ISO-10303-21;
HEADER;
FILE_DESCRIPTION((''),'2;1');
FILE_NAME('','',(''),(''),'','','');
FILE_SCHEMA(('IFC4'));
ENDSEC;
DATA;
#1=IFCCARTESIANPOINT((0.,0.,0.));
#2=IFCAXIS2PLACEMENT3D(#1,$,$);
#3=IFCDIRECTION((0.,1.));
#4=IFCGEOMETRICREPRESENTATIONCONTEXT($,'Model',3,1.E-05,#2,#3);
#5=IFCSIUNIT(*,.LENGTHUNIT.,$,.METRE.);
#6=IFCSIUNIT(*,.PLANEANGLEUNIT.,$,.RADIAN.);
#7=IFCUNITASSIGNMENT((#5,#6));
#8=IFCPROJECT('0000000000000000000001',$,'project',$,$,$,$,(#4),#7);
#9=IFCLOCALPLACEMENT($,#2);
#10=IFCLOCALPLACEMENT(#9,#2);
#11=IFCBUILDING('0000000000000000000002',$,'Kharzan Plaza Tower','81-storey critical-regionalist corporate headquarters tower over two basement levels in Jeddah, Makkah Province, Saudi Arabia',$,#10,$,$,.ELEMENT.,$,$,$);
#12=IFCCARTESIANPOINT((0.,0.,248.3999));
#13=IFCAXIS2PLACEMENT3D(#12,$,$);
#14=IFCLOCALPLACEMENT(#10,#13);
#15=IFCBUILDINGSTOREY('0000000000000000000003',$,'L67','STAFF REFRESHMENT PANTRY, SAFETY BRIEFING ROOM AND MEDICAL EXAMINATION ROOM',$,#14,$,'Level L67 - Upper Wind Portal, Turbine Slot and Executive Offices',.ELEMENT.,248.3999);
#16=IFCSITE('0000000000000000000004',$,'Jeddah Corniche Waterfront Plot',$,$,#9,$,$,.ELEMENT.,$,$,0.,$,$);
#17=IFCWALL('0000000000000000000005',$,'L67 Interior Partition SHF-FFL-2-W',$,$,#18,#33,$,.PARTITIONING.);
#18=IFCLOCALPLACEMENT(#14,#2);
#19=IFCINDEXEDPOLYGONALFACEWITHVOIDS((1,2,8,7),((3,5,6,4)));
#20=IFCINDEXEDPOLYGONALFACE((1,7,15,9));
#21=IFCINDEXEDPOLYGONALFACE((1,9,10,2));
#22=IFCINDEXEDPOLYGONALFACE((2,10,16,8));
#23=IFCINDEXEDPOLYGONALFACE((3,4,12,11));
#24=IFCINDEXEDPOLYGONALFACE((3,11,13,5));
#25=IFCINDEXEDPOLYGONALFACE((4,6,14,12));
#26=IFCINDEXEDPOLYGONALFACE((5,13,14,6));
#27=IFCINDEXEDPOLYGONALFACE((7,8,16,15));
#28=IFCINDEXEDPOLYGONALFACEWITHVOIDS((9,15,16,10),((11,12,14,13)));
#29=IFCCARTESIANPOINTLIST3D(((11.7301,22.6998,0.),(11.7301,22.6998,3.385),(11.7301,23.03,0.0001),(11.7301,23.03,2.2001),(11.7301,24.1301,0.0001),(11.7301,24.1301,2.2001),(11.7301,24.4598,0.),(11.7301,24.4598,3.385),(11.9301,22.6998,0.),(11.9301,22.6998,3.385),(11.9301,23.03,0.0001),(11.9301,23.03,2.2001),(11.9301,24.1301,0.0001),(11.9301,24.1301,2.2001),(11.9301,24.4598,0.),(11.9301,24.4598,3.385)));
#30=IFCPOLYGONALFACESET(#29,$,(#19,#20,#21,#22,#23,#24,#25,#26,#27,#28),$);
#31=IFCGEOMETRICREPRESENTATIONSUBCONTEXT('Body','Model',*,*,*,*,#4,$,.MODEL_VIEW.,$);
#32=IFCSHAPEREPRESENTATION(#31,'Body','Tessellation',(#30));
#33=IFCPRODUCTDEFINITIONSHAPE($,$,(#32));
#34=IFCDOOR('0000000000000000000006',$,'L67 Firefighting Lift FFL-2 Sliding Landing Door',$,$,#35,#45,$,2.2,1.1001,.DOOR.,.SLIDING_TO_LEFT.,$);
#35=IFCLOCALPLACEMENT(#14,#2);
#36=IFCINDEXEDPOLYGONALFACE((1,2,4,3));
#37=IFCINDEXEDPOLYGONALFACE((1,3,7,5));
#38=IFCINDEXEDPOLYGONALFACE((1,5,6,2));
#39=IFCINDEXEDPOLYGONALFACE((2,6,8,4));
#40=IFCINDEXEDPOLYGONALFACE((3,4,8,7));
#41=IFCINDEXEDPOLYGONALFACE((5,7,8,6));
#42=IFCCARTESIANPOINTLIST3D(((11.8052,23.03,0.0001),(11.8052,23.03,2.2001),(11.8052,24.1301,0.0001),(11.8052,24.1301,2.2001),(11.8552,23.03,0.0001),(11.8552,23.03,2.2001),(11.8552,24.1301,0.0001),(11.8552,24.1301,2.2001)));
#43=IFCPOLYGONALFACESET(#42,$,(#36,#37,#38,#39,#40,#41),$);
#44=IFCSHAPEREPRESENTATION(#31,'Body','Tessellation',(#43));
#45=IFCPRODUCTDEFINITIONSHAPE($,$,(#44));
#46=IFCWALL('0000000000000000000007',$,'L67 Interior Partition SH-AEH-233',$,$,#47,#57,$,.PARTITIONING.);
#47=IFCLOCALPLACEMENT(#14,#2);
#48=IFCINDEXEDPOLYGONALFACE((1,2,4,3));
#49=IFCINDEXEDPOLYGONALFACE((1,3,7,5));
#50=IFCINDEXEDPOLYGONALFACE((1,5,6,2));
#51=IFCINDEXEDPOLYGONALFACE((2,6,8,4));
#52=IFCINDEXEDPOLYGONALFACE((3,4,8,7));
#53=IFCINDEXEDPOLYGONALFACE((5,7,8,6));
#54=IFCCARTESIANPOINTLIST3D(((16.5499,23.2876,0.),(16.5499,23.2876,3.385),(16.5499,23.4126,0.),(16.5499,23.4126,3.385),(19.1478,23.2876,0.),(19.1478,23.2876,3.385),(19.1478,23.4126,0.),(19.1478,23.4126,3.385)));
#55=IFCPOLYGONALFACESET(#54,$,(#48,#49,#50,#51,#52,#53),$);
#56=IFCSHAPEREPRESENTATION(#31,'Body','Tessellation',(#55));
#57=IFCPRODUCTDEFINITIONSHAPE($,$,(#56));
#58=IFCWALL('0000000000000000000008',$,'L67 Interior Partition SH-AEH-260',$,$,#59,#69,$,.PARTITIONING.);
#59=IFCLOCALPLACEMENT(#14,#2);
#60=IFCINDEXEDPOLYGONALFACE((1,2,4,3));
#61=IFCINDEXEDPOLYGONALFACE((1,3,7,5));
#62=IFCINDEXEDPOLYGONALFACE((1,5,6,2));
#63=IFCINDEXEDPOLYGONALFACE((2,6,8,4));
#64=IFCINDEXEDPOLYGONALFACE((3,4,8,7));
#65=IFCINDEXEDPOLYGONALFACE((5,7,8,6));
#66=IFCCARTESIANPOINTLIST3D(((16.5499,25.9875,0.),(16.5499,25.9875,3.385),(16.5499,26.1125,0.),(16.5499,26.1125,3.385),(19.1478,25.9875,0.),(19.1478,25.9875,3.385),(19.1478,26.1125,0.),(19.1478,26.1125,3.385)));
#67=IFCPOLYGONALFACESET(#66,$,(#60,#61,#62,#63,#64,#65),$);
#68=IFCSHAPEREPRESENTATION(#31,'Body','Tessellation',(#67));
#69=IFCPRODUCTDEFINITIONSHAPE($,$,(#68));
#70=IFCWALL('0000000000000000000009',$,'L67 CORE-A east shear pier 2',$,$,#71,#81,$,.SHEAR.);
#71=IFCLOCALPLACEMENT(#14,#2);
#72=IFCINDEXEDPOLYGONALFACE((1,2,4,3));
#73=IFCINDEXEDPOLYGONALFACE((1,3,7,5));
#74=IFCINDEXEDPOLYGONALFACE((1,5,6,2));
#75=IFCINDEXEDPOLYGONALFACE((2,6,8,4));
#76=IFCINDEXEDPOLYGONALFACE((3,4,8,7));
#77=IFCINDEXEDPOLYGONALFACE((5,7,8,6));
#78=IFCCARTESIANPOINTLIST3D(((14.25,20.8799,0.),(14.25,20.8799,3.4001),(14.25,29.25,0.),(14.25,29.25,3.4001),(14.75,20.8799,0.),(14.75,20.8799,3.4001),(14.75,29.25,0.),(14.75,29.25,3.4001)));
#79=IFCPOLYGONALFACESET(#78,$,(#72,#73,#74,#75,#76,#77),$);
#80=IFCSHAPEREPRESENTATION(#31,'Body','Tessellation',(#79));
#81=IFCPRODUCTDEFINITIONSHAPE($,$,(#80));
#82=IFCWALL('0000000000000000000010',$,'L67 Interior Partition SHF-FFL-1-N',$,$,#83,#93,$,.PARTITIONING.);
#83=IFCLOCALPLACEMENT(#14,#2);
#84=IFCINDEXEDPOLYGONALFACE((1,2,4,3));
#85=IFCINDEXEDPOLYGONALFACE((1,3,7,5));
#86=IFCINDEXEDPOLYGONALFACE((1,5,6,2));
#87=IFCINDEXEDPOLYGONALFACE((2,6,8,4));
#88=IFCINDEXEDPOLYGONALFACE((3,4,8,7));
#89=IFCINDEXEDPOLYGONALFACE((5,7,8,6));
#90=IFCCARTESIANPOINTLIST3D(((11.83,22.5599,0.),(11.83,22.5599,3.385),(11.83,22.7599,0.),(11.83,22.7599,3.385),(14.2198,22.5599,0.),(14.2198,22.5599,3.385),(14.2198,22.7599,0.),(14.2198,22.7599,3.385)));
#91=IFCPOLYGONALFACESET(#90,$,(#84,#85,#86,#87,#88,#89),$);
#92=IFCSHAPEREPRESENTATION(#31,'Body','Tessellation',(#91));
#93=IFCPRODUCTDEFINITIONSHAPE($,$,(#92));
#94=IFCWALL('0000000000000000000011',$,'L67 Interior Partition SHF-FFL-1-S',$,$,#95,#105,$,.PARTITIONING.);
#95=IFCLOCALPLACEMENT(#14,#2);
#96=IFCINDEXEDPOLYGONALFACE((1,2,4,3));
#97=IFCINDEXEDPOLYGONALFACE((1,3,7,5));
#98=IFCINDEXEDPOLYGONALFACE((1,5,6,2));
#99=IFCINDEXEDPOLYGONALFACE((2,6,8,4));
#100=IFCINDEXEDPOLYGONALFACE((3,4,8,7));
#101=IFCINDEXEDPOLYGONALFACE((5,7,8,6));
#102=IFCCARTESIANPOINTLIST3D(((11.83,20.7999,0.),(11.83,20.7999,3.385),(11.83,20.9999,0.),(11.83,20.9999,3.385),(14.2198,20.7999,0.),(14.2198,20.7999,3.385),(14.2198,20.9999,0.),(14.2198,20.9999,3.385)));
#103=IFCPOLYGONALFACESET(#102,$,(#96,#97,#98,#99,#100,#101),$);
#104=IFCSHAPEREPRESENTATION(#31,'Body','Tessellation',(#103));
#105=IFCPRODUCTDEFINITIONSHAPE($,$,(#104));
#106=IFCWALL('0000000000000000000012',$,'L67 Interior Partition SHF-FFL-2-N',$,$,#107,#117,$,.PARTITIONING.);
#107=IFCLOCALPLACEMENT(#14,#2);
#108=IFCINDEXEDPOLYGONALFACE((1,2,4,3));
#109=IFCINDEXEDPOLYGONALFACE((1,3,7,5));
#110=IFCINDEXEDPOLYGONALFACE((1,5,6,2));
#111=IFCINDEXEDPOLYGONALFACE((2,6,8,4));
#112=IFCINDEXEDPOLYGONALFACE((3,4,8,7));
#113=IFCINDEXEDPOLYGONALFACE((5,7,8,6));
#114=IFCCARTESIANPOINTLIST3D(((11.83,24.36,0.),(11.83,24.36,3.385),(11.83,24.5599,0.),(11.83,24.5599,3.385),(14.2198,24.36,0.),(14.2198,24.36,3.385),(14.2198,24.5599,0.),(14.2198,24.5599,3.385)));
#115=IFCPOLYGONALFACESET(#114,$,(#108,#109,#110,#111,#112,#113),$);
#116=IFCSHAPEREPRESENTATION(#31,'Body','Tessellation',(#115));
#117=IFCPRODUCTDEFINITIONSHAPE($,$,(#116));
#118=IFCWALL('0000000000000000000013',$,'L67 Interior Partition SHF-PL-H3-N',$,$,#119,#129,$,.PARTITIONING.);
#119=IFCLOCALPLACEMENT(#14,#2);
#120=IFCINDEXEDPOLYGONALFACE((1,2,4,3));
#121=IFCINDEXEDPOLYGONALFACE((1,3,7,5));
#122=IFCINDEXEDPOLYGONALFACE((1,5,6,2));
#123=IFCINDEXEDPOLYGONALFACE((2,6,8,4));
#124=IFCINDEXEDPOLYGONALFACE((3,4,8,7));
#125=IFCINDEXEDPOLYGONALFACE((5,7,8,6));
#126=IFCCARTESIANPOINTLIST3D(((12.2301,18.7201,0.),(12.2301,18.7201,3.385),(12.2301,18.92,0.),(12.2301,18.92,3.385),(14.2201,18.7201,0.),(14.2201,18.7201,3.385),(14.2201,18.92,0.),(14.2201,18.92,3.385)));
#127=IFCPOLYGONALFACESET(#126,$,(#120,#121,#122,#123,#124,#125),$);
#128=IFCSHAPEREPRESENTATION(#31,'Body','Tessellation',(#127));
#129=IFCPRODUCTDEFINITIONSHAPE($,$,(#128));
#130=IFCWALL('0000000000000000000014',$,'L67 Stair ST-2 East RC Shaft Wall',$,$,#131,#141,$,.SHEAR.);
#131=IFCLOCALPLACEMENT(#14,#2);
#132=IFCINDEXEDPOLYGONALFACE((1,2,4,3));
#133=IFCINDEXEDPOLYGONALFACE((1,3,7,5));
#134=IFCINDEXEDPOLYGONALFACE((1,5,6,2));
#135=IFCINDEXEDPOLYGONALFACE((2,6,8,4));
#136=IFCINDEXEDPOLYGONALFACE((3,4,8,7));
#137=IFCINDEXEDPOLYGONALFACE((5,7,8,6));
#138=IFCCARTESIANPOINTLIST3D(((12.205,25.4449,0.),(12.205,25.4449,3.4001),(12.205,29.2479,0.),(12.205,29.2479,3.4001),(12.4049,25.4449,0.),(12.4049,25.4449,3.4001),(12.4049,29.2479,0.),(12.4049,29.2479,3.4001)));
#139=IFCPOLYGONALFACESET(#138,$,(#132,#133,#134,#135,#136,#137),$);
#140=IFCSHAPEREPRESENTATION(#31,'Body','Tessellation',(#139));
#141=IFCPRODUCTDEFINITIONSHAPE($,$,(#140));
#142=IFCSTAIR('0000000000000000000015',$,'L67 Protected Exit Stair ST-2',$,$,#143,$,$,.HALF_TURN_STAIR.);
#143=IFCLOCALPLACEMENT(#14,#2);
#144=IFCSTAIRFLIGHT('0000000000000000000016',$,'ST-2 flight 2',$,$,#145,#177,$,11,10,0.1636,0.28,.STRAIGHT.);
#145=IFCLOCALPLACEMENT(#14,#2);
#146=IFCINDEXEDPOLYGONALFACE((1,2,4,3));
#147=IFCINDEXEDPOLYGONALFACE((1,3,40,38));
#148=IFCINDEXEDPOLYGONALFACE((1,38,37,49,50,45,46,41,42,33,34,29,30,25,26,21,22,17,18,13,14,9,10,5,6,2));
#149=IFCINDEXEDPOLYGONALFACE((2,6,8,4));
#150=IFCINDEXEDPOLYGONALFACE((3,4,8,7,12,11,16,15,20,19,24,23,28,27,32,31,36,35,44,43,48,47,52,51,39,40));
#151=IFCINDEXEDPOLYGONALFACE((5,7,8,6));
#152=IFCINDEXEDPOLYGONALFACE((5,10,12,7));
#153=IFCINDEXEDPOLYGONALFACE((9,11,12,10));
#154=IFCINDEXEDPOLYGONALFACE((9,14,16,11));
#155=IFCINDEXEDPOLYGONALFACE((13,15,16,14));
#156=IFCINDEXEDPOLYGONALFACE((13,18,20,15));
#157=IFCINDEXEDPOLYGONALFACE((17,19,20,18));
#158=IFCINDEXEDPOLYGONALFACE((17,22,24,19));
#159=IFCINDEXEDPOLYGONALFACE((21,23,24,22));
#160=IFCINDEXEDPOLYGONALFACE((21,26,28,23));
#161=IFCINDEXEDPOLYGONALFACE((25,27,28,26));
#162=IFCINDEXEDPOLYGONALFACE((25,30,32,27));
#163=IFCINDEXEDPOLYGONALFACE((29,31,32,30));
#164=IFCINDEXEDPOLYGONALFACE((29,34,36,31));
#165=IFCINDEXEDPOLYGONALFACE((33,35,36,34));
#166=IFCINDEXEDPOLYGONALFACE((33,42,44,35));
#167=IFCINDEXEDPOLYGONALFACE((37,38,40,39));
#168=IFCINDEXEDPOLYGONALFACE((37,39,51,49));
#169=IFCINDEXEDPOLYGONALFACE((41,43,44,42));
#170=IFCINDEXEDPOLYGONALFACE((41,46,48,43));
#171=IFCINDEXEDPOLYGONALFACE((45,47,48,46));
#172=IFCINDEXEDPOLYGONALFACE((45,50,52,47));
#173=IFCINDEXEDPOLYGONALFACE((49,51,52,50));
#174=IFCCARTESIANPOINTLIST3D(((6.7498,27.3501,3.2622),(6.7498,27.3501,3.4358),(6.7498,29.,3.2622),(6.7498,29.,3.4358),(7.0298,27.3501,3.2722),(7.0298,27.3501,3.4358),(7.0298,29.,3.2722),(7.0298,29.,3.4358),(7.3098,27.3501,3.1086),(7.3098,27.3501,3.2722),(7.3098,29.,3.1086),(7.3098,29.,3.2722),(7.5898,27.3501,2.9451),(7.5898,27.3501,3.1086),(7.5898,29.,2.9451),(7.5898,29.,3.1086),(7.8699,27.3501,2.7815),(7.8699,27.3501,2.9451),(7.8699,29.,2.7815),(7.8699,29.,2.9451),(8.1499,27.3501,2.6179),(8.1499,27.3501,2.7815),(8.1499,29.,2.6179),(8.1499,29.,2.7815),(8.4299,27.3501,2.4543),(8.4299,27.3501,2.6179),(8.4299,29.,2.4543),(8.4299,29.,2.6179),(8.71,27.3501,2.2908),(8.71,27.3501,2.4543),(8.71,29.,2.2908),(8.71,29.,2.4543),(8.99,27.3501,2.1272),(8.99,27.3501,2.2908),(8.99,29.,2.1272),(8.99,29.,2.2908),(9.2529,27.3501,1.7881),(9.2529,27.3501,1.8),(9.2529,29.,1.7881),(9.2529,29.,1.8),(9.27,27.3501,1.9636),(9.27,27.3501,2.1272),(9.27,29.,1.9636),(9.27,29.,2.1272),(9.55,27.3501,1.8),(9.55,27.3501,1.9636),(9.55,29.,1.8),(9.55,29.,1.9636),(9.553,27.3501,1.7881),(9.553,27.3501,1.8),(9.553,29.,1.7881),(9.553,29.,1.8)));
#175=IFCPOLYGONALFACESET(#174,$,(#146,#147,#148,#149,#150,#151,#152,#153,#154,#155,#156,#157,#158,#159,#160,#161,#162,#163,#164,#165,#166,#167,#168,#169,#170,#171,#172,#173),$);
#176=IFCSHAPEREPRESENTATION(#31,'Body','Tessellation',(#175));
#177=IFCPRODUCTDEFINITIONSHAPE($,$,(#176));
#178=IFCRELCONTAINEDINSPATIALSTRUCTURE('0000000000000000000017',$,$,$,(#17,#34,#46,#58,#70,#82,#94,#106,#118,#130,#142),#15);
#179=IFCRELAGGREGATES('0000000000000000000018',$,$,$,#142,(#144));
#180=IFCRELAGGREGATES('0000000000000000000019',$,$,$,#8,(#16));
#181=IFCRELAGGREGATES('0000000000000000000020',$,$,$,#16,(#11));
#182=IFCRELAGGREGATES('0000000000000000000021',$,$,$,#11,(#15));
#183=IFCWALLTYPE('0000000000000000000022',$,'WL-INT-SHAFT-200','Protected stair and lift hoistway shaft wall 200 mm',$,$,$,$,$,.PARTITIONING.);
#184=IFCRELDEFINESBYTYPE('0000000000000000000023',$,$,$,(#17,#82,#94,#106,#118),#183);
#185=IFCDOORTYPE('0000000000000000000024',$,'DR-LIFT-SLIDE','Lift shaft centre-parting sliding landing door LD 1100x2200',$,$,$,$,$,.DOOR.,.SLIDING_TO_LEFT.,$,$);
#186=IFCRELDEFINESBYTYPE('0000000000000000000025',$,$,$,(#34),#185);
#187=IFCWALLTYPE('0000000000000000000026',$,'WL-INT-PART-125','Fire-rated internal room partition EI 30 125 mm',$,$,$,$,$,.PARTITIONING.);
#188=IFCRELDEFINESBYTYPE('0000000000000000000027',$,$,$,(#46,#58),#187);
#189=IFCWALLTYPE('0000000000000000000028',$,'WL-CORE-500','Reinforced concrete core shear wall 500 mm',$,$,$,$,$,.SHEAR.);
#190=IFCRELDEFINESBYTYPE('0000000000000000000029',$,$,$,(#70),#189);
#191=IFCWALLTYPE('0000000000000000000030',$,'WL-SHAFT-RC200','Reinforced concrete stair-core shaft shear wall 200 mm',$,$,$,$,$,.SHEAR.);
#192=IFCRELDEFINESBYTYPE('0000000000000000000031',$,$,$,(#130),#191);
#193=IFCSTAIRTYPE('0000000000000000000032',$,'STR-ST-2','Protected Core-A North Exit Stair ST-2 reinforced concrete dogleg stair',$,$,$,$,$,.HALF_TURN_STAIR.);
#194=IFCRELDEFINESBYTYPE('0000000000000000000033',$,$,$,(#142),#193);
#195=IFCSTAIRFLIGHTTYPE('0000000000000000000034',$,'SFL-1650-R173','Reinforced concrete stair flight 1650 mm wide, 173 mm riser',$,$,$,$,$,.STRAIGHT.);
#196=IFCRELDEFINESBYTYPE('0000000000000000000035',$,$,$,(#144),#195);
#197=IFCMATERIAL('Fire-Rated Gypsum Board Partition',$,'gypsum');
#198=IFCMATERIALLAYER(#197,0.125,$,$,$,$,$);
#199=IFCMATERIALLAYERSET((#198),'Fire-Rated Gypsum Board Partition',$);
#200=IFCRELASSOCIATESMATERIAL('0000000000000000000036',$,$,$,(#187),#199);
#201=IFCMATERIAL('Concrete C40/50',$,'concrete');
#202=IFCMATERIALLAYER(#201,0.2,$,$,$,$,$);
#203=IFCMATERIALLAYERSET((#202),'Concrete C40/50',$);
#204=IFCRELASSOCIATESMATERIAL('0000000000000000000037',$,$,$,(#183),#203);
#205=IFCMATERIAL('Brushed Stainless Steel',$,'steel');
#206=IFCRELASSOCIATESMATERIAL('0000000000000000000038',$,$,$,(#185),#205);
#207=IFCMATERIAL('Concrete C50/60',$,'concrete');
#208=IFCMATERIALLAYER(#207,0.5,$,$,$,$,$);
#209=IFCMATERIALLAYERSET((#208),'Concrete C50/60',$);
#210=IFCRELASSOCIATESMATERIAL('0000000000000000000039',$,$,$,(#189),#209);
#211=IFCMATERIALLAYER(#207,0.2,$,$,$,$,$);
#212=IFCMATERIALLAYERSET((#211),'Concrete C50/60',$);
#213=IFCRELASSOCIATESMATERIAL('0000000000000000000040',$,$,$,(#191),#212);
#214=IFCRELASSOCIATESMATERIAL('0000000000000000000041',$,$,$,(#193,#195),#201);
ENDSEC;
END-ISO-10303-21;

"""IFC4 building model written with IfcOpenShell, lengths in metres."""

from ifc_helpers import new_model, si_unit, direction, frame, frame_2d, origin, place, context, subcontext, project, spatial, polyline, rectangle, outline, extrude, source, transform, mapped, material, layer, layer_set, type_object, element, fill, aggregate, save


model = new_model("IFC4")

# Units and contexts
model_context = context("Model", 3, precision=1e-05, world=origin(), true_north=direction((0.0, 1.0)))
body_context = subcontext(model_context, "Body", "Model", "MODEL_VIEW")
ifc_project = project(units=[si_unit("LENGTHUNIT", "METRE"), si_unit("PLANEANGLEUNIT", "RADIAN")], contexts=[model_context])

# Site, building, storey
site_placement = place(None, origin())
site = spatial("IfcSite", under=ifc_project, at=site_placement, Name="Jeddah Corniche Waterfront Plot", CompositionType="ELEMENT", RefElevation=0.0)
building_placement = place(site_placement, origin())
building = spatial("IfcBuilding", under=site, at=building_placement, Name="Kharzan Plaza Tower", Description="81-storey critical-regionalist corporate headquarters tower over two basement levels in Jeddah, Makkah Province, Saudi Arabia", CompositionType="ELEMENT")
storey_placement = place(building_placement, frame((0.0, 0.0, 248.3999)))
storey = spatial("IfcBuildingStorey", under=building, at=storey_placement, Name="L67", Description="STAFF REFRESHMENT PANTRY, SAFETY BRIEFING ROOM AND MEDICAL EXAMINATION ROOM", LongName="Level L67 - Upper Wind Portal, Turbine Slot and Executive Offices", CompositionType="ELEMENT", Elevation=248.3999)

# Wall, opening, door
ifc_material_1 = material(Name="Fire-Rated Gypsum Board Partition", Category="gypsum")
ifc_layer_1 = layer(ifc_material_1, 0.125)
ifc_layer_set_1 = layer_set([ifc_layer_1], Name="Fire-Rated Gypsum Board Partition")
wall_type_1 = type_object("IfcWallType", Name="WL-INT-PART-125", Description="Fire-rated internal room partition EI 30 125 mm", PredefinedType="PARTITIONING", material=ifc_layer_set_1)
ifc_material_2 = material(Name="Concrete C40/50", Category="concrete")
ifc_layer_2 = layer(ifc_material_2, 0.2)
ifc_layer_set_2 = layer_set([ifc_layer_2], Name="Concrete C40/50")
wall_type_2 = type_object("IfcWallType", Name="WL-INT-SHAFT-200", Description="Protected stair and lift hoistway shaft wall 200 mm", PredefinedType="PARTITIONING", material=ifc_layer_set_2)
ifc_material_3 = material(Name="Brushed Stainless Steel", Category="steel")
door_type_1 = type_object("IfcDoorType", Name="DR-LIFT-SLIDE", Description="Lift shaft centre-parting sliding landing door LD 1100x2200", OperationType="SLIDING_TO_LEFT", PredefinedType="DOOR", material=ifc_material_3)
shared_shape_1 = source(origin(), body_context, "Body", "SweptSolid", [
    extrude(rectangle(XDim=1.1001, YDim=2.2, at=frame_2d((0.55, 1.1001))), frame((0.0, 0.0249, 0.0), z_axis=(0.0, -1.0, 0.0), x_axis=(1.0, 0.0, 0.0)), (0.0, 0.0, 1.0), 0.05),
])
wall_1_placement = place(storey_placement, frame((11.8301, 22.7, 0.0), z_axis=(0.0, 0.0, 1.0), x_axis=(0.0, 1.0, 0.0)))
wall_1 = element("IfcWall", 1, at=wall_1_placement, inside=storey, type_object=wall_type_2, Name="L67 Interior Partition SHF-FFL-2-W", PredefinedType="PARTITIONING", context=body_context, shape_type="SweptSolid", body=[
    extrude(rectangle(XDim=1.76, YDim=0.2, at=frame_2d((0.8799, 0.0))), origin(), (0.0, 0.0, 1.0), 3.385),
])
opening_1_placement = place(wall_1_placement, frame((0.3301, 0.0, 0.0)))
opening_1 = element("IfcOpeningElement", 2, at=opening_1_placement, cuts=wall_1, PredefinedType="OPENING", context=body_context, shape_type="SweptSolid", body=[
    extrude(rectangle(XDim=1.1001, YDim=2.2, at=frame_2d((0.55, 1.1001))), frame((0.0, 0.1099, 0.0), z_axis=(0.0, -1.0, 0.0), x_axis=(1.0, 0.0, 0.0)), (0.0, 0.0, 1.0), 0.22),
])
door_1_placement = place(opening_1_placement, origin())
door_1 = element("IfcDoor", 3, at=door_1_placement, inside=storey, type_object=door_type_1, Name="L67 Firefighting Lift FFL-2 Sliding Landing Door", OperationType="SLIDING_TO_LEFT", OverallHeight=2.2, OverallWidth=1.1001, PredefinedType="DOOR", context=body_context, shape_type="MappedRepresentation", body=[
    mapped(shared_shape_1, transform((0.0, 0.0, 0.0), x_axis=(1.0, 0.0, 0.0), y_axis=(0.0, 1.0, 0.0), z_axis=(0.0, 0.0, 1.0))),
])
fill(opening_1, door_1)

# Walls
shared_shape_2 = source(origin(), body_context, "Body", "SweptSolid", [
    extrude(rectangle(XDim=2.5979, YDim=0.125, at=frame_2d((1.2988, 0.0))), origin(), (0.0, 0.0, 1.0), 3.385),
])
for number, where, z_axis, x_axis, name in (
    (4, (16.55, 23.3501, 0.0), (0.0, 0.0, 1.0), (1.0, 0.0, 0.0), "L67 Interior Partition SH-AEH-233"),
    (5, (16.55, 26.05, 0.0), (0.0, 0.0, 1.0), (1.0, 0.0, 0.0), "L67 Interior Partition SH-AEH-260"),
):
    element("IfcWall", number, at=place(storey_placement, frame(where, z_axis=z_axis, x_axis=x_axis)), inside=storey, type_object=wall_type_1, Name=name, PredefinedType="PARTITIONING", context=body_context, shape_type="MappedRepresentation", body=[
        mapped(shared_shape_2, transform((0.0, 0.0, 0.0), x_axis=(1.0, 0.0, 0.0), y_axis=(0.0, 1.0, 0.0), z_axis=(0.0, 0.0, 1.0))),
    ])
ifc_material_4 = material(Name="Concrete C50/60", Category="concrete")
ifc_layer_3 = layer(ifc_material_4, 0.5)
ifc_layer_set_3 = layer_set([ifc_layer_3], Name="Concrete C50/60")
wall_type_3 = type_object("IfcWallType", Name="WL-CORE-500", Description="Reinforced concrete core shear wall 500 mm", PredefinedType="SHEAR", material=ifc_layer_set_3)
shared_shape_3 = source(origin(), body_context, "Body", "SweptSolid", [
    extrude(rectangle(XDim=8.3701, YDim=0.5, at=frame_2d((4.1851, 0.0))), origin(), (0.0, 0.0, 1.0), 3.4001),
])
wall_2_placement = place(storey_placement, frame((14.5, 20.8799, 0.0), z_axis=(0.0, 0.0, 1.0), x_axis=(0.0, 1.0, 0.0)))
element("IfcWall", 6, at=wall_2_placement, inside=storey, type_object=wall_type_3, Name="L67 CORE-A east shear pier 2", PredefinedType="SHEAR", context=body_context, shape_type="MappedRepresentation", body=[
    mapped(shared_shape_3, transform((0.0, 0.0, 0.0), x_axis=(1.0, 0.0, 0.0), y_axis=(0.0, 1.0, 0.0), z_axis=(0.0, 0.0, 1.0))),
])
shared_shape_4 = source(origin(), body_context, "Body", "SweptSolid", [
    extrude(rectangle(XDim=2.3899, YDim=0.2, at=frame_2d((1.1948, 0.0))), origin(), (0.0, 0.0, 1.0), 3.385),
])
for number, where, z_axis, x_axis, name in (
    (7, (11.8301, 22.6599, 0.0), (0.0, 0.0, 1.0), (1.0, 0.0, 0.0), "L67 Interior Partition SHF-FFL-1-N"),
    (8, (11.8301, 20.8999, 0.0), (0.0, 0.0, 1.0), (1.0, 0.0, 0.0), "L67 Interior Partition SHF-FFL-1-S"),
    (9, (11.8301, 24.46, 0.0), (0.0, 0.0, 1.0), (1.0, 0.0, 0.0), "L67 Interior Partition SHF-FFL-2-N"),
):
    element("IfcWall", number, at=place(storey_placement, frame(where, z_axis=z_axis, x_axis=x_axis)), inside=storey, type_object=wall_type_2, Name=name, PredefinedType="PARTITIONING", context=body_context, shape_type="MappedRepresentation", body=[
        mapped(shared_shape_4, transform((0.0, 0.0, 0.0), x_axis=(1.0, 0.0, 0.0), y_axis=(0.0, 1.0, 0.0), z_axis=(0.0, 0.0, 1.0))),
    ])
shared_shape_5 = source(origin(), body_context, "Body", "SweptSolid", [
    extrude(rectangle(XDim=1.99, YDim=0.2, at=frame_2d((0.9951, 0.0))), origin(), (0.0, 0.0, 1.0), 3.385),
])
wall_3_placement = place(storey_placement, frame((12.23, 18.8201, 0.0), z_axis=(0.0, 0.0, 1.0), x_axis=(1.0, 0.0, 0.0)))
element("IfcWall", 10, at=wall_3_placement, inside=storey, type_object=wall_type_2, Name="L67 Interior Partition SHF-PL-H3-N", PredefinedType="PARTITIONING", context=body_context, shape_type="MappedRepresentation", body=[
    mapped(shared_shape_5, transform((0.0, 0.0, 0.0), x_axis=(1.0, 0.0, 0.0), y_axis=(0.0, 1.0, 0.0), z_axis=(0.0, 0.0, 1.0))),
])
ifc_layer_4 = layer(ifc_material_4, 0.2)
ifc_layer_set_4 = layer_set([ifc_layer_4], Name="Concrete C50/60")
wall_type_4 = type_object("IfcWallType", Name="WL-SHAFT-RC200", Description="Reinforced concrete stair-core shaft shear wall 200 mm", PredefinedType="SHEAR", material=ifc_layer_set_4)
shared_shape_6 = source(origin(), body_context, "Body", "SweptSolid", [
    extrude(rectangle(XDim=3.803, YDim=0.2, at=frame_2d((1.9014, 0.0))), origin(), (0.0, 0.0, 1.0), 3.4001),
])
wall_4_placement = place(storey_placement, frame((12.3049, 25.4451, 0.0), z_axis=(0.0, 0.0, 1.0), x_axis=(0.0, 1.0, 0.0)))
element("IfcWall", 11, at=wall_4_placement, inside=storey, type_object=wall_type_4, Name="L67 Stair ST-2 East RC Shaft Wall", PredefinedType="SHEAR", context=body_context, shape_type="MappedRepresentation", body=[
    mapped(shared_shape_6, transform((0.0, 0.0, 0.0), x_axis=(1.0, 0.0, 0.0), y_axis=(0.0, 1.0, 0.0), z_axis=(0.0, 0.0, 1.0))),
])

# Stair, stair flight
stair_type = type_object("IfcStairType", Name="STR-ST-2", Description="Protected Core-A North Exit Stair ST-2 reinforced concrete dogleg stair", PredefinedType="HALF_TURN_STAIR", material=ifc_material_2)
stair_placement = place(storey_placement, origin())
stair = element("IfcStair", 12, at=stair_placement, inside=storey, type_object=stair_type, Name="L67 Protected Exit Stair ST-2", PredefinedType="HALF_TURN_STAIR")
stair_flight_type = type_object("IfcStairFlightType", Name="SFL-1650-R173", Description="Reinforced concrete stair flight 1650 mm wide, 173 mm riser", PredefinedType="STRAIGHT", material=ifc_material_2)
shared_shape_7 = source(origin(), body_context, "Body", "SweptSolid", [
    extrude(outline(polyline([(-0.0029, -0.012), (-0.0029, 0.0), (0.0, 0.0), (0.0, 0.1636), (0.28, 0.1636), (0.28, 0.3271), (0.5601, 0.3271), (0.5601, 0.4907), (0.8401, 0.4907), (0.8401, 0.6543), (1.1201, 0.6543), (1.1201, 0.8179), (1.4001, 0.8179), (1.4001, 0.9814), (1.6802, 0.9814), (1.6802, 1.145), (1.9602, 1.145), (1.9602, 1.3086), (2.2402, 1.3086), (2.2402, 1.4722), (2.5203, 1.4722), (2.5203, 1.6357), (2.8003, 1.6357), (2.8003, 1.7993), (2.8003, 1.4622), (0.2971, 0.0), (0.2971, -0.012), (-0.0029, -0.012)])), frame((0.0, 0.825, 0.0), z_axis=(0.0, -1.0, 0.0), x_axis=(1.0, 0.0, 0.0)), (0.0, 0.0, 1.0), 1.6499),
])
stair_flight_placement = place(storey_placement, frame((9.55, 28.175, 1.8), z_axis=(0.0, 0.0, 1.0), x_axis=(-1.0, 0.0, 0.0)))
stair_flight = element("IfcStairFlight", 13, at=stair_flight_placement, type_object=stair_flight_type, Name="ST-2 flight 2", NumberOfRisers=11, NumberOfTreads=10, PredefinedType="STRAIGHT", RiserHeight=0.1636, TreadLength=0.28, context=body_context, shape_type="MappedRepresentation", body=[
    mapped(shared_shape_7, transform((0.0, 0.0, 0.0), x_axis=(1.0, 0.0, 0.0), y_axis=(0.0, 1.0, 0.0), z_axis=(0.0, 0.0, 1.0))),
])
aggregate(stair, [stair_flight])

save(model, "model.ifc")
